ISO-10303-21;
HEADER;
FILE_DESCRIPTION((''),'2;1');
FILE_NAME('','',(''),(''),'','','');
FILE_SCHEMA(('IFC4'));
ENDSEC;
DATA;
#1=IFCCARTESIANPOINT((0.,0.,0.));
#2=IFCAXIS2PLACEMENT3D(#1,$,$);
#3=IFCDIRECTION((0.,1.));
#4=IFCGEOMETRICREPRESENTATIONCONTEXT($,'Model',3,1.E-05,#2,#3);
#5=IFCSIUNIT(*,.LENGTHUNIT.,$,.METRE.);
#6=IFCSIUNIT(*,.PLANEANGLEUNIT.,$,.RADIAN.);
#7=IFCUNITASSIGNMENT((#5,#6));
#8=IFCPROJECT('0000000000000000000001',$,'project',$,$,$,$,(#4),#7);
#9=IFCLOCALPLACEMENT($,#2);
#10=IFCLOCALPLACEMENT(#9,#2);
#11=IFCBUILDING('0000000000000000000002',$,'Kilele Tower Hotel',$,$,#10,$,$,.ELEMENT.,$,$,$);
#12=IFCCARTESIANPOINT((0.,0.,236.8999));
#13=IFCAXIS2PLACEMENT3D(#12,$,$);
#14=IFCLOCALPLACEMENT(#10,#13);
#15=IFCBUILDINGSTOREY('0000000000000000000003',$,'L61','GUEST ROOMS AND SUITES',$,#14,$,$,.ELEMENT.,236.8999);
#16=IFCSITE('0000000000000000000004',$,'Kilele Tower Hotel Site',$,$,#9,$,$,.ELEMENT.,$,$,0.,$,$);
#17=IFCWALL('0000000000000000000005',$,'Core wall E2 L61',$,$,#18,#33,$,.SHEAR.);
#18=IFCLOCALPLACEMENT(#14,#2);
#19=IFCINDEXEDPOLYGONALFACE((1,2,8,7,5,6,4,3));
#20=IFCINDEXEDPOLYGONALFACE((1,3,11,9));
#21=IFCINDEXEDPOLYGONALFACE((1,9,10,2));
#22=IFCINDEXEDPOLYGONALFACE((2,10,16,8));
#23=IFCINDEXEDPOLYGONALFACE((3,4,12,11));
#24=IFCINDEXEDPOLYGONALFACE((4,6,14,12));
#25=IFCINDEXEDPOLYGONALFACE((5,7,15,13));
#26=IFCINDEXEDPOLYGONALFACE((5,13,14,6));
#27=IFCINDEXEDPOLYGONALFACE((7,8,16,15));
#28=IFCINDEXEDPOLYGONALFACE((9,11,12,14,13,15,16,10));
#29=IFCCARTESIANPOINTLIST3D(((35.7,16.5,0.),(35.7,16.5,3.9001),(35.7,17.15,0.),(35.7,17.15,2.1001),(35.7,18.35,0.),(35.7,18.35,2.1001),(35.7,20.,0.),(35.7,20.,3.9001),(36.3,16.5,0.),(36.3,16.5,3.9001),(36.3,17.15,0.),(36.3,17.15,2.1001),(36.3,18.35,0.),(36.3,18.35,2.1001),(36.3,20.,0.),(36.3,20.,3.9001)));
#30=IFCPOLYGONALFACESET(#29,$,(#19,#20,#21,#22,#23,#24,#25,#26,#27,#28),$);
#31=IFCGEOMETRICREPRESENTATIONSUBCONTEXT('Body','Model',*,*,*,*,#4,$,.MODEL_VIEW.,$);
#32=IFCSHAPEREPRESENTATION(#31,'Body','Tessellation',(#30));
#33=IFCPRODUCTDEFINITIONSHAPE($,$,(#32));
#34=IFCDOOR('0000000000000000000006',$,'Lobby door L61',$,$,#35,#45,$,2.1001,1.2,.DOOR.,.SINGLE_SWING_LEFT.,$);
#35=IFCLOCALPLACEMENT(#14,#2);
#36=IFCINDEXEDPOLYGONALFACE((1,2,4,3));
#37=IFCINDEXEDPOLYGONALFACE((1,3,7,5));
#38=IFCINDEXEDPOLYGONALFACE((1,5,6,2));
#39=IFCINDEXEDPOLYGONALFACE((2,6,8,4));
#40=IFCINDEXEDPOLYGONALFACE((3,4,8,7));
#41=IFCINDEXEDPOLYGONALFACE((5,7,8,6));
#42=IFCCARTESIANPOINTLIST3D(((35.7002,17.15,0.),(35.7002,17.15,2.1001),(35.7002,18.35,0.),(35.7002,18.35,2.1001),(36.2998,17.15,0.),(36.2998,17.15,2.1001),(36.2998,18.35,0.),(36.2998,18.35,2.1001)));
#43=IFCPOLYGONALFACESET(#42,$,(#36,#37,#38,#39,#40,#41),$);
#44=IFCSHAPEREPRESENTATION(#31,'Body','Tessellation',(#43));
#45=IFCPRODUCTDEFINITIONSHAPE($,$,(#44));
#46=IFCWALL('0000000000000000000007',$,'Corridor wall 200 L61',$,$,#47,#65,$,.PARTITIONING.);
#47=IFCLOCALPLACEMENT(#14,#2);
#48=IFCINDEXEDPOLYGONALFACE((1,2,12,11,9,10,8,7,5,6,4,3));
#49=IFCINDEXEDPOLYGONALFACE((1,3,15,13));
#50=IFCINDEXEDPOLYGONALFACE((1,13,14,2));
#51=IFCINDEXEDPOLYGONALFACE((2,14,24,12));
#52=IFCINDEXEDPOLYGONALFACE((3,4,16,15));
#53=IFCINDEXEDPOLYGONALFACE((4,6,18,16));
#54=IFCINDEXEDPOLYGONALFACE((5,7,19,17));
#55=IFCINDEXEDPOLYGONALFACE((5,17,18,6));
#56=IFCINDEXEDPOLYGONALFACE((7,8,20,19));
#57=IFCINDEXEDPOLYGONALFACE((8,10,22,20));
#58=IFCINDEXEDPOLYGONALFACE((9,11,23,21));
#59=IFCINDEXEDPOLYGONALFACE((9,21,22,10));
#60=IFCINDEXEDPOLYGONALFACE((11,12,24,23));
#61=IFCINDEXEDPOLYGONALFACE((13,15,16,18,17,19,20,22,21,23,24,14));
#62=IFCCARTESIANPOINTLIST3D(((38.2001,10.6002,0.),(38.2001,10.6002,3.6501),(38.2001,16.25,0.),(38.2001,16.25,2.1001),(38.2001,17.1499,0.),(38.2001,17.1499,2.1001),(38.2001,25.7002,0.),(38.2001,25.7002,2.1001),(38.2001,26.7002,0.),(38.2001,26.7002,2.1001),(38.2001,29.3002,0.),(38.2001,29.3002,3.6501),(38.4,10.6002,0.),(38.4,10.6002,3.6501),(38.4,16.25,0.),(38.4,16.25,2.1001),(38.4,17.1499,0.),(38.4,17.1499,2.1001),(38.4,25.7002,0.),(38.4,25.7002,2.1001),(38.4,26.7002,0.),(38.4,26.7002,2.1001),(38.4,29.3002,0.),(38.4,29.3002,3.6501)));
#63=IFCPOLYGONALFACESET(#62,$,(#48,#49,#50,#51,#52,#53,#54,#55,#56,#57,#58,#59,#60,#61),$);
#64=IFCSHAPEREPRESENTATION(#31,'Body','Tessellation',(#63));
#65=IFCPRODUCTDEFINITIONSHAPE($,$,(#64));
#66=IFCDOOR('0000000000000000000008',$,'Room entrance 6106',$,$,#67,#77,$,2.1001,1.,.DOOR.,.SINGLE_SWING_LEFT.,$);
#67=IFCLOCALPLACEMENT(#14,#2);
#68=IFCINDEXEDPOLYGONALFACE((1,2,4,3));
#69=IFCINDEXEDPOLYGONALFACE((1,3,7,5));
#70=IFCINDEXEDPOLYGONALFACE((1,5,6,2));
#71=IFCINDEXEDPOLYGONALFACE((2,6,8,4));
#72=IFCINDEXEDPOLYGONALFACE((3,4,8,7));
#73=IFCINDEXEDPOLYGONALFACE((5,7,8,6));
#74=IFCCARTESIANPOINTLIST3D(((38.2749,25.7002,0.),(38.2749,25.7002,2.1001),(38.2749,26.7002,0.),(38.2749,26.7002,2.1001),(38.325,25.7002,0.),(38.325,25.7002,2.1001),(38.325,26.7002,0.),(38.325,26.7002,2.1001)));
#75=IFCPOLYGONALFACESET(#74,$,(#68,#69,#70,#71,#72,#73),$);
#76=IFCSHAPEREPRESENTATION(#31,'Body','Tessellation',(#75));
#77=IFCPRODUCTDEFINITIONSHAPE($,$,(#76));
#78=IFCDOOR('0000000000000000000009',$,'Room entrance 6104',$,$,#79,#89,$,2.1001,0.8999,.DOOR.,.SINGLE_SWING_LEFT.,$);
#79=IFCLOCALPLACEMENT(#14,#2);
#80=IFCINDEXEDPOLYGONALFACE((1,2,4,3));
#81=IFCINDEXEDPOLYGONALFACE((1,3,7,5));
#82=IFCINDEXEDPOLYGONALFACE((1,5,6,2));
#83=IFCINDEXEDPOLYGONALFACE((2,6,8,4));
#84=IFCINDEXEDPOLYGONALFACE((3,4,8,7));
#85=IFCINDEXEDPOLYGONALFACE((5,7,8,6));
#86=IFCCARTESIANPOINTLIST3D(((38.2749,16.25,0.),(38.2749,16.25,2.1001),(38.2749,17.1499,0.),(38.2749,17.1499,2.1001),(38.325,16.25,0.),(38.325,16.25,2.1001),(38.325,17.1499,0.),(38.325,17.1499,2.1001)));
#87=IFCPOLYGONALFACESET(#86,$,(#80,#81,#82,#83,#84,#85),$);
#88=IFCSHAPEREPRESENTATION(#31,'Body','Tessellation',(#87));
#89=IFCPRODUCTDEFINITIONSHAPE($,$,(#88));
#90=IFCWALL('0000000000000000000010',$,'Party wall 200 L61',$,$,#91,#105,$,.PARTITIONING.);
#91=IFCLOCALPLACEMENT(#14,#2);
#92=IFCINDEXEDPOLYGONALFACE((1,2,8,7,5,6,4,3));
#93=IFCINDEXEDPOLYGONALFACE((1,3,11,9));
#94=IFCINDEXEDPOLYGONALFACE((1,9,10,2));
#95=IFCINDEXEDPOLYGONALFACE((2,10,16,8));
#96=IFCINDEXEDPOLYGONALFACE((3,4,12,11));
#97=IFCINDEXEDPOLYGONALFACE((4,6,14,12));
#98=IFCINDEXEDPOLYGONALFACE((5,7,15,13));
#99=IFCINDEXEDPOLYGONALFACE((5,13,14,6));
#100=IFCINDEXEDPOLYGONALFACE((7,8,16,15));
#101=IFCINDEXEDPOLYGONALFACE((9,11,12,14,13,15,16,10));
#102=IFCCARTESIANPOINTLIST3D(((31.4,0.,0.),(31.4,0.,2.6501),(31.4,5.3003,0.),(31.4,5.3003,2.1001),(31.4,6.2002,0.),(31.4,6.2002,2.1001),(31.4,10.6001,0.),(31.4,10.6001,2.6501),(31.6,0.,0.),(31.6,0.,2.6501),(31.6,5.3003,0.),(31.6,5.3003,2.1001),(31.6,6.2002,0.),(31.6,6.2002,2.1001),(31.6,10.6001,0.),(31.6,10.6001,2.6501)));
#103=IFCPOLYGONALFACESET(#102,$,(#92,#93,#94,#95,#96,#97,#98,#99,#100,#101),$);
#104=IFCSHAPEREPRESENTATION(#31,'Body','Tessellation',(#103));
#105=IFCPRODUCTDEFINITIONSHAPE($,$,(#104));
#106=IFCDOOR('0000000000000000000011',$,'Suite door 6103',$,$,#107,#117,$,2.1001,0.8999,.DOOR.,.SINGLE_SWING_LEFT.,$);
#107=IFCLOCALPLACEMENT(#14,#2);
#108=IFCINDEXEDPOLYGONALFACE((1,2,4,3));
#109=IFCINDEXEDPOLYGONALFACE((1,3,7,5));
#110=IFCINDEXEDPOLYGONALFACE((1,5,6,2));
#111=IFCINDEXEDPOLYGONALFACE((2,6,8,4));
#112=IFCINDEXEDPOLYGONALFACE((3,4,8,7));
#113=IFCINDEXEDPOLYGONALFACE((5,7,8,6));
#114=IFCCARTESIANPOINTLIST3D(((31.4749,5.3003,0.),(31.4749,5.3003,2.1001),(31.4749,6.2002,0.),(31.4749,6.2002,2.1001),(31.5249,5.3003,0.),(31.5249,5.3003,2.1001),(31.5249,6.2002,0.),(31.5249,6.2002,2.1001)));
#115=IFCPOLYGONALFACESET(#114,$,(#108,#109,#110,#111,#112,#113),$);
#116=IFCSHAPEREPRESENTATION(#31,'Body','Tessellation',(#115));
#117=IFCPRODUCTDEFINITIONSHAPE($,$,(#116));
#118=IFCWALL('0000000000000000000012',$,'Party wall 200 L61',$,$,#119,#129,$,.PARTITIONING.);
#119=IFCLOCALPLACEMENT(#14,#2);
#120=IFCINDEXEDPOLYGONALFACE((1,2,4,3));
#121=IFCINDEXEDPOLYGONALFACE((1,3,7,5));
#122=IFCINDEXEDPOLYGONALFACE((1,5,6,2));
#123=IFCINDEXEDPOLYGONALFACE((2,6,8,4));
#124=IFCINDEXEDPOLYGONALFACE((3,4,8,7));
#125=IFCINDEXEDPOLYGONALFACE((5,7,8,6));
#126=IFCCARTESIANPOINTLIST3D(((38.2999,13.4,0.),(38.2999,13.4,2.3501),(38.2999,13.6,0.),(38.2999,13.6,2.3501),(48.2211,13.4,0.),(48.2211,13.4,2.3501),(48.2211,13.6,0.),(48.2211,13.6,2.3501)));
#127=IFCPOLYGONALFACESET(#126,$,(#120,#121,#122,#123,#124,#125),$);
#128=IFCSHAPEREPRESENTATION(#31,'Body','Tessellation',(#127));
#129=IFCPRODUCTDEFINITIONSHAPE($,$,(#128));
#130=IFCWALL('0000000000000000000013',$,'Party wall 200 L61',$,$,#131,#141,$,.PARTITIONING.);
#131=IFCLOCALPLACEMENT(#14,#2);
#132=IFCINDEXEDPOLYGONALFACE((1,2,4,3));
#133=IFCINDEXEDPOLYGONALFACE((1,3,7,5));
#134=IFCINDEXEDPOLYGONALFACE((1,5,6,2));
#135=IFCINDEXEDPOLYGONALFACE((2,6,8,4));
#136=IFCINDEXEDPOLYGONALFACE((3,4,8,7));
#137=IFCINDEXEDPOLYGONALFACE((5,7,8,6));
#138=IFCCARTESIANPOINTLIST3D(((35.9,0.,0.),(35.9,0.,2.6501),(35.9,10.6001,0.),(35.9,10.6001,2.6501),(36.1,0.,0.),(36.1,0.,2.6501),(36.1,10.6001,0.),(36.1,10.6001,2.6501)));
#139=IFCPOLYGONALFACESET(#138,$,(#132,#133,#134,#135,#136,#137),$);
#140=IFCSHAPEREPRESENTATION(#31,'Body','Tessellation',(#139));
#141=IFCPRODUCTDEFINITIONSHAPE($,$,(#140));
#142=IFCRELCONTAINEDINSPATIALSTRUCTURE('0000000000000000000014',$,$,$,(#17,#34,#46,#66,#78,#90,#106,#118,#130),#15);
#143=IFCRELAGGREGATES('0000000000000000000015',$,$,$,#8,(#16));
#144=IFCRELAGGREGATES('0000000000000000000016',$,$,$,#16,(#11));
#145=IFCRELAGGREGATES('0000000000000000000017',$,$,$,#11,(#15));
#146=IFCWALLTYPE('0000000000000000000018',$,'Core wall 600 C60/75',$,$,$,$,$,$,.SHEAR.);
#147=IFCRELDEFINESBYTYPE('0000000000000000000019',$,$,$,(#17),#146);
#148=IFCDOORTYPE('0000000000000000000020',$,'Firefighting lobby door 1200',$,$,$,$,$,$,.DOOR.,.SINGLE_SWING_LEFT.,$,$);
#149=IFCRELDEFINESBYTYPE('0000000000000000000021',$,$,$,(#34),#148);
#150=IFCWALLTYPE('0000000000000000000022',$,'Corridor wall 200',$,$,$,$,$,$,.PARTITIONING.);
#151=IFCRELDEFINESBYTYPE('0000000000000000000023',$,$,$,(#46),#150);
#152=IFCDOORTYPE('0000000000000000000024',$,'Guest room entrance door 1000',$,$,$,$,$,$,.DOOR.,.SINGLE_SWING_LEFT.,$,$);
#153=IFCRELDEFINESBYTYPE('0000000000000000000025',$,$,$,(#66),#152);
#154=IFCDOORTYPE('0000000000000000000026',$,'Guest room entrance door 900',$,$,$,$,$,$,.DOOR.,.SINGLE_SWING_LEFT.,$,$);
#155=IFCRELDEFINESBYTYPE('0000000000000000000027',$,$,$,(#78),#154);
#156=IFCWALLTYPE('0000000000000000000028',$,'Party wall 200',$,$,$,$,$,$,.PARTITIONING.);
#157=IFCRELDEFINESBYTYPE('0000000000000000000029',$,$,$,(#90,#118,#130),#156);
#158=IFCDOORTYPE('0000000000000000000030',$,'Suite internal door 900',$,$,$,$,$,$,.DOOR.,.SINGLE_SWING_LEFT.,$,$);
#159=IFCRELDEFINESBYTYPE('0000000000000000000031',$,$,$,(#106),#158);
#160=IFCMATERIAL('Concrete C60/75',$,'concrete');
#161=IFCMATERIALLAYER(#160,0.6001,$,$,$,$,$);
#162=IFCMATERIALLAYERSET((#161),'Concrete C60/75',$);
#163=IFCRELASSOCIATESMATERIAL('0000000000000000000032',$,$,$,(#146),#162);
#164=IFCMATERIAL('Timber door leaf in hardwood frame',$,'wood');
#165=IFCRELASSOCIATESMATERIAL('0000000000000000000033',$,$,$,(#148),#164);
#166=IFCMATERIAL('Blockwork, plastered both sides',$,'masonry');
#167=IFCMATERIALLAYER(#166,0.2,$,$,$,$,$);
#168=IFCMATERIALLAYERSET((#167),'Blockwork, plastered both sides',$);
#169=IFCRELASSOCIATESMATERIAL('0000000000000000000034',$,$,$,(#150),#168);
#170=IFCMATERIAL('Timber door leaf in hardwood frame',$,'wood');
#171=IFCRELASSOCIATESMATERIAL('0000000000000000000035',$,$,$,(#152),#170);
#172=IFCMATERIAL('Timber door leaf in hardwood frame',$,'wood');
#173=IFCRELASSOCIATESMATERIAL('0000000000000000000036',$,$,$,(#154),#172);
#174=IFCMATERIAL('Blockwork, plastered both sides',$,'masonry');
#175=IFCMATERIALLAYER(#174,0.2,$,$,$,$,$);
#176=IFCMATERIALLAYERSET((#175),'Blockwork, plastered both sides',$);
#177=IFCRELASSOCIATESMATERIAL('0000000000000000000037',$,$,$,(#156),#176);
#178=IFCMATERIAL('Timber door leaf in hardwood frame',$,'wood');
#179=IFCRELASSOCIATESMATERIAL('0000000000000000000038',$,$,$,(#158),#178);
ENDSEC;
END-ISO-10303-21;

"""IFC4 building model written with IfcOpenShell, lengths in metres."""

from ifc_helpers import new_model, si_unit, direction, frame, frame_2d, origin, place, context, subcontext, project, spatial, rectangle, extrude, material, layer, layer_set, type_object, element, fill, save


model = new_model("IFC4")

# Units and contexts
model_context = context("Model", 3, precision=1e-05, world=origin(), true_north=direction((0.0, 1.0)))
body_context = subcontext(model_context, "Body", "Model", "MODEL_VIEW")
ifc_project = project(units=[si_unit("LENGTHUNIT", "METRE"), si_unit("PLANEANGLEUNIT", "RADIAN")], contexts=[model_context])

# Site, building, storey
site_placement = place(None, origin())
site = spatial("IfcSite", under=ifc_project, at=site_placement, Name="Kilele Tower Hotel Site", CompositionType="ELEMENT", RefElevation=0.0)
building_placement = place(site_placement, origin())
building = spatial("IfcBuilding", under=site, at=building_placement, Name="Kilele Tower Hotel", CompositionType="ELEMENT")
storey_placement = place(building_placement, frame((0.0, 0.0, 236.8999)))
storey = spatial("IfcBuildingStorey", under=building, at=storey_placement, Name="L61", Description="GUEST ROOMS AND SUITES", CompositionType="ELEMENT", Elevation=236.8999)

# Shared definitions
ifc_material_1 = material(Name="Concrete C60/75", Category="concrete")
ifc_layer_1 = layer(ifc_material_1, 0.6001)
ifc_layer_set_1 = layer_set([ifc_layer_1], Name="Concrete C60/75")
wall_type_1 = type_object("IfcWallType", Name="Core wall 600 C60/75", PredefinedType="SHEAR", material=ifc_layer_set_1)
ifc_material_2 = material(Name="Timber door leaf in hardwood frame", Category="wood")
door_type_1 = type_object("IfcDoorType", Name="Firefighting lobby door 1200", OperationType="SINGLE_SWING_LEFT", PredefinedType="DOOR", material=ifc_material_2)

# Wall, opening, door
wall_1_placement = place(storey_placement, frame((36.0, 16.5, 0.0), z_axis=(0.0, 0.0, 1.0), x_axis=(0.0, 1.0, 0.0)))
wall_1 = element("IfcWall", 1, at=wall_1_placement, inside=storey, type_object=wall_type_1, Name="Core wall E2 L61", PredefinedType="SHEAR", context=body_context, shape_type="SweptSolid", body=[
    extrude(rectangle(XDim=3.5, YDim=0.6001, at=frame_2d((1.75, 0.0))), origin(), (0.0, 0.0, 1.0), 3.9001),
])
opening_1_placement = place(wall_1_placement, frame((0.6499, 0.0, 0.0)))
opening_1 = element("IfcOpeningElement", 2, at=opening_1_placement, cuts=wall_1, PredefinedType="OPENING", context=body_context, shape_type="SweptSolid", body=[
    extrude(rectangle(XDim=1.2, YDim=2.1001, at=frame_2d((0.6001, 1.05))), frame((0.0, 0.3101, 0.0), z_axis=(0.0, -1.0, 0.0), x_axis=(1.0, 0.0, 0.0)), (0.0, 0.0, 1.0), 0.6201),
])
door_1_placement = place(opening_1_placement, origin())
door_1 = element("IfcDoor", 3, at=door_1_placement, inside=storey, type_object=door_type_1, Name="Lobby door L61", OperationType="SINGLE_SWING_LEFT", OverallHeight=2.1001, OverallWidth=1.2, PredefinedType="DOOR", context=body_context, shape_type="SweptSolid", body=[
    extrude(rectangle(XDim=1.2, YDim=2.1001, at=frame_2d((0.6001, 1.05))), frame((0.0, 0.2998, 0.0), z_axis=(0.0, -1.0, 0.0), x_axis=(1.0, 0.0, 0.0)), (0.0, 0.0, 1.0), 0.5996),
])
fill(opening_1, door_1)

# Wall, openings, doors
ifc_material_3 = material(Name="Blockwork, plastered both sides", Category="masonry")
ifc_layer_2 = layer(ifc_material_3, 0.2)
ifc_layer_set_2 = layer_set([ifc_layer_2], Name="Blockwork, plastered both sides")
wall_type_2 = type_object("IfcWallType", Name="Corridor wall 200", PredefinedType="PARTITIONING", material=ifc_layer_set_2)
wall_2_placement = place(storey_placement, frame((38.3, 10.6001, 0.0), z_axis=(0.0, 0.0, 1.0), x_axis=(0.0, 1.0, 0.0)))
wall_2 = element("IfcWall", 4, at=wall_2_placement, inside=storey, type_object=wall_type_2, Name="Corridor wall 200 L61", PredefinedType="PARTITIONING", context=body_context, shape_type="SweptSolid", body=[
    extrude(rectangle(XDim=18.7, YDim=0.2, at=frame_2d((9.3501, 0.0))), origin(), (0.0, 0.0, 1.0), 3.6501),
])
opening_2_placement = place(wall_2_placement, frame((6.5498, 0.0, 0.0), z_axis=(0.0, 0.0, 1.0), x_axis=(-1.0, 0.0, 0.0)))
opening_2 = element("IfcOpeningElement", 5, at=opening_2_placement, cuts=wall_2, PredefinedType="OPENING", context=body_context, shape_type="SweptSolid", body=[
    extrude(rectangle(XDim=0.8999, YDim=2.1001, at=frame_2d((0.45, 1.05))), frame((0.0, 0.1099, 0.0), z_axis=(0.0, -1.0, 0.0), x_axis=(1.0, 0.0, 0.0)), (0.0, 0.0, 1.0), 0.22),
])
opening_3_placement = place(wall_2_placement, frame((16.1001, 0.0, 0.0), z_axis=(0.0, 0.0, 1.0), x_axis=(-1.0, 0.0, 0.0)))
opening_3 = element("IfcOpeningElement", 6, at=opening_3_placement, cuts=wall_2, PredefinedType="OPENING", context=body_context, shape_type="SweptSolid", body=[
    extrude(rectangle(XDim=1.0, YDim=2.1001, at=frame_2d((0.5, 1.05))), frame((0.0, 0.1099, 0.0), z_axis=(0.0, -1.0, 0.0), x_axis=(1.0, 0.0, 0.0)), (0.0, 0.0, 1.0), 0.22),
])
ifc_material_4 = material(Name="Timber door leaf in hardwood frame", Category="wood")
door_type_2 = type_object("IfcDoorType", Name="Guest room entrance door 1000", OperationType="SINGLE_SWING_LEFT", PredefinedType="DOOR", material=ifc_material_4)
door_2_placement = place(opening_3_placement, origin())
door_2 = element("IfcDoor", 7, at=door_2_placement, inside=storey, type_object=door_type_2, Name="Room entrance 6106", OperationType="SINGLE_SWING_LEFT", OverallHeight=2.1001, OverallWidth=1.0, PredefinedType="DOOR", context=body_context, shape_type="SweptSolid", body=[
    extrude(rectangle(XDim=1.0, YDim=2.1001, at=frame_2d((0.5, 1.05))), frame((0.0, 0.0249, 0.0), z_axis=(0.0, -1.0, 0.0), x_axis=(1.0, 0.0, 0.0)), (0.0, 0.0, 1.0), 0.05),
])
fill(opening_3, door_2)
ifc_material_5 = material(Name="Timber door leaf in hardwood frame", Category="wood")
door_type_3 = type_object("IfcDoorType", Name="Guest room entrance door 900", OperationType="SINGLE_SWING_LEFT", PredefinedType="DOOR", material=ifc_material_5)
door_3_placement = place(opening_2_placement, origin())
door_3 = element("IfcDoor", 8, at=door_3_placement, inside=storey, type_object=door_type_3, Name="Room entrance 6104", OperationType="SINGLE_SWING_LEFT", OverallHeight=2.1001, OverallWidth=0.8999, PredefinedType="DOOR", context=body_context, shape_type="SweptSolid", body=[
    extrude(rectangle(XDim=0.8999, YDim=2.1001, at=frame_2d((0.45, 1.05))), frame((0.0, 0.0249, 0.0), z_axis=(0.0, -1.0, 0.0), x_axis=(1.0, 0.0, 0.0)), (0.0, 0.0, 1.0), 0.05),
])
fill(opening_2, door_3)

# Wall, opening, door
ifc_material_6 = material(Name="Blockwork, plastered both sides", Category="masonry")
ifc_layer_3 = layer(ifc_material_6, 0.2)
ifc_layer_set_3 = layer_set([ifc_layer_3], Name="Blockwork, plastered both sides")
wall_type_3 = type_object("IfcWallType", Name="Party wall 200", PredefinedType="PARTITIONING", material=ifc_layer_set_3)
wall_3_placement = place(storey_placement, frame((31.5, 10.6001, 0.0), z_axis=(0.0, 0.0, 1.0), x_axis=(0.0, -1.0, 0.0)))
wall_3 = element("IfcWall", 9, at=wall_3_placement, inside=storey, type_object=wall_type_3, Name="Party wall 200 L61", PredefinedType="PARTITIONING", context=body_context, shape_type="SweptSolid", body=[
    extrude(rectangle(XDim=10.6001, YDim=0.2, at=frame_2d((5.3, 0.0))), origin(), (0.0, 0.0, 1.0), 2.6501),
])
opening_4_placement = place(wall_3_placement, frame((4.3999, 0.0, 0.0)))
opening_4 = element("IfcOpeningElement", 10, at=opening_4_placement, cuts=wall_3, PredefinedType="OPENING", context=body_context, shape_type="SweptSolid", body=[
    extrude(rectangle(XDim=0.8999, YDim=2.1001, at=frame_2d((0.45, 1.05))), frame((0.0, 0.1099, 0.0), z_axis=(0.0, -1.0, 0.0), x_axis=(1.0, 0.0, 0.0)), (0.0, 0.0, 1.0), 0.22),
])
ifc_material_7 = material(Name="Timber door leaf in hardwood frame", Category="wood")
door_type_4 = type_object("IfcDoorType", Name="Suite internal door 900", OperationType="SINGLE_SWING_LEFT", PredefinedType="DOOR", material=ifc_material_7)
door_4_placement = place(opening_4_placement, origin())
door_4 = element("IfcDoor", 11, at=door_4_placement, inside=storey, type_object=door_type_4, Name="Suite door 6103", OperationType="SINGLE_SWING_LEFT", OverallHeight=2.1001, OverallWidth=0.8999, PredefinedType="DOOR", context=body_context, shape_type="SweptSolid", body=[
    extrude(rectangle(XDim=0.8999, YDim=2.1001, at=frame_2d((0.45, 1.05))), frame((0.0, 0.0249, 0.0), z_axis=(0.0, -1.0, 0.0), x_axis=(1.0, 0.0, 0.0)), (0.0, 0.0, 1.0), 0.05),
])
fill(opening_4, door_4)

# Walls
wall_4_placement = place(storey_placement, frame((38.3, 13.5, 0.0), z_axis=(0.0, 0.0, 1.0), x_axis=(1.0, 0.0, 0.0)))
element("IfcWall", 12, at=wall_4_placement, inside=storey, type_object=wall_type_3, Name="Party wall 200 L61", PredefinedType="PARTITIONING", context=body_context, shape_type="SweptSolid", body=[
    extrude(rectangle(XDim=9.9211, YDim=0.2, at=frame_2d((4.9604, 0.0))), origin(), (0.0, 0.0, 1.0), 2.3501),
])
wall_5_placement = place(storey_placement, frame((36.0, 10.6001, 0.0), z_axis=(0.0, 0.0, 1.0), x_axis=(0.0, -1.0, 0.0)))
element("IfcWall", 13, at=wall_5_placement, inside=storey, type_object=wall_type_3, Name="Party wall 200 L61", PredefinedType="PARTITIONING", context=body_context, shape_type="SweptSolid", body=[
    extrude(rectangle(XDim=10.6001, YDim=0.2, at=frame_2d((5.3, 0.0))), origin(), (0.0, 0.0, 1.0), 2.6501),
])

save(model, "model.ifc")
